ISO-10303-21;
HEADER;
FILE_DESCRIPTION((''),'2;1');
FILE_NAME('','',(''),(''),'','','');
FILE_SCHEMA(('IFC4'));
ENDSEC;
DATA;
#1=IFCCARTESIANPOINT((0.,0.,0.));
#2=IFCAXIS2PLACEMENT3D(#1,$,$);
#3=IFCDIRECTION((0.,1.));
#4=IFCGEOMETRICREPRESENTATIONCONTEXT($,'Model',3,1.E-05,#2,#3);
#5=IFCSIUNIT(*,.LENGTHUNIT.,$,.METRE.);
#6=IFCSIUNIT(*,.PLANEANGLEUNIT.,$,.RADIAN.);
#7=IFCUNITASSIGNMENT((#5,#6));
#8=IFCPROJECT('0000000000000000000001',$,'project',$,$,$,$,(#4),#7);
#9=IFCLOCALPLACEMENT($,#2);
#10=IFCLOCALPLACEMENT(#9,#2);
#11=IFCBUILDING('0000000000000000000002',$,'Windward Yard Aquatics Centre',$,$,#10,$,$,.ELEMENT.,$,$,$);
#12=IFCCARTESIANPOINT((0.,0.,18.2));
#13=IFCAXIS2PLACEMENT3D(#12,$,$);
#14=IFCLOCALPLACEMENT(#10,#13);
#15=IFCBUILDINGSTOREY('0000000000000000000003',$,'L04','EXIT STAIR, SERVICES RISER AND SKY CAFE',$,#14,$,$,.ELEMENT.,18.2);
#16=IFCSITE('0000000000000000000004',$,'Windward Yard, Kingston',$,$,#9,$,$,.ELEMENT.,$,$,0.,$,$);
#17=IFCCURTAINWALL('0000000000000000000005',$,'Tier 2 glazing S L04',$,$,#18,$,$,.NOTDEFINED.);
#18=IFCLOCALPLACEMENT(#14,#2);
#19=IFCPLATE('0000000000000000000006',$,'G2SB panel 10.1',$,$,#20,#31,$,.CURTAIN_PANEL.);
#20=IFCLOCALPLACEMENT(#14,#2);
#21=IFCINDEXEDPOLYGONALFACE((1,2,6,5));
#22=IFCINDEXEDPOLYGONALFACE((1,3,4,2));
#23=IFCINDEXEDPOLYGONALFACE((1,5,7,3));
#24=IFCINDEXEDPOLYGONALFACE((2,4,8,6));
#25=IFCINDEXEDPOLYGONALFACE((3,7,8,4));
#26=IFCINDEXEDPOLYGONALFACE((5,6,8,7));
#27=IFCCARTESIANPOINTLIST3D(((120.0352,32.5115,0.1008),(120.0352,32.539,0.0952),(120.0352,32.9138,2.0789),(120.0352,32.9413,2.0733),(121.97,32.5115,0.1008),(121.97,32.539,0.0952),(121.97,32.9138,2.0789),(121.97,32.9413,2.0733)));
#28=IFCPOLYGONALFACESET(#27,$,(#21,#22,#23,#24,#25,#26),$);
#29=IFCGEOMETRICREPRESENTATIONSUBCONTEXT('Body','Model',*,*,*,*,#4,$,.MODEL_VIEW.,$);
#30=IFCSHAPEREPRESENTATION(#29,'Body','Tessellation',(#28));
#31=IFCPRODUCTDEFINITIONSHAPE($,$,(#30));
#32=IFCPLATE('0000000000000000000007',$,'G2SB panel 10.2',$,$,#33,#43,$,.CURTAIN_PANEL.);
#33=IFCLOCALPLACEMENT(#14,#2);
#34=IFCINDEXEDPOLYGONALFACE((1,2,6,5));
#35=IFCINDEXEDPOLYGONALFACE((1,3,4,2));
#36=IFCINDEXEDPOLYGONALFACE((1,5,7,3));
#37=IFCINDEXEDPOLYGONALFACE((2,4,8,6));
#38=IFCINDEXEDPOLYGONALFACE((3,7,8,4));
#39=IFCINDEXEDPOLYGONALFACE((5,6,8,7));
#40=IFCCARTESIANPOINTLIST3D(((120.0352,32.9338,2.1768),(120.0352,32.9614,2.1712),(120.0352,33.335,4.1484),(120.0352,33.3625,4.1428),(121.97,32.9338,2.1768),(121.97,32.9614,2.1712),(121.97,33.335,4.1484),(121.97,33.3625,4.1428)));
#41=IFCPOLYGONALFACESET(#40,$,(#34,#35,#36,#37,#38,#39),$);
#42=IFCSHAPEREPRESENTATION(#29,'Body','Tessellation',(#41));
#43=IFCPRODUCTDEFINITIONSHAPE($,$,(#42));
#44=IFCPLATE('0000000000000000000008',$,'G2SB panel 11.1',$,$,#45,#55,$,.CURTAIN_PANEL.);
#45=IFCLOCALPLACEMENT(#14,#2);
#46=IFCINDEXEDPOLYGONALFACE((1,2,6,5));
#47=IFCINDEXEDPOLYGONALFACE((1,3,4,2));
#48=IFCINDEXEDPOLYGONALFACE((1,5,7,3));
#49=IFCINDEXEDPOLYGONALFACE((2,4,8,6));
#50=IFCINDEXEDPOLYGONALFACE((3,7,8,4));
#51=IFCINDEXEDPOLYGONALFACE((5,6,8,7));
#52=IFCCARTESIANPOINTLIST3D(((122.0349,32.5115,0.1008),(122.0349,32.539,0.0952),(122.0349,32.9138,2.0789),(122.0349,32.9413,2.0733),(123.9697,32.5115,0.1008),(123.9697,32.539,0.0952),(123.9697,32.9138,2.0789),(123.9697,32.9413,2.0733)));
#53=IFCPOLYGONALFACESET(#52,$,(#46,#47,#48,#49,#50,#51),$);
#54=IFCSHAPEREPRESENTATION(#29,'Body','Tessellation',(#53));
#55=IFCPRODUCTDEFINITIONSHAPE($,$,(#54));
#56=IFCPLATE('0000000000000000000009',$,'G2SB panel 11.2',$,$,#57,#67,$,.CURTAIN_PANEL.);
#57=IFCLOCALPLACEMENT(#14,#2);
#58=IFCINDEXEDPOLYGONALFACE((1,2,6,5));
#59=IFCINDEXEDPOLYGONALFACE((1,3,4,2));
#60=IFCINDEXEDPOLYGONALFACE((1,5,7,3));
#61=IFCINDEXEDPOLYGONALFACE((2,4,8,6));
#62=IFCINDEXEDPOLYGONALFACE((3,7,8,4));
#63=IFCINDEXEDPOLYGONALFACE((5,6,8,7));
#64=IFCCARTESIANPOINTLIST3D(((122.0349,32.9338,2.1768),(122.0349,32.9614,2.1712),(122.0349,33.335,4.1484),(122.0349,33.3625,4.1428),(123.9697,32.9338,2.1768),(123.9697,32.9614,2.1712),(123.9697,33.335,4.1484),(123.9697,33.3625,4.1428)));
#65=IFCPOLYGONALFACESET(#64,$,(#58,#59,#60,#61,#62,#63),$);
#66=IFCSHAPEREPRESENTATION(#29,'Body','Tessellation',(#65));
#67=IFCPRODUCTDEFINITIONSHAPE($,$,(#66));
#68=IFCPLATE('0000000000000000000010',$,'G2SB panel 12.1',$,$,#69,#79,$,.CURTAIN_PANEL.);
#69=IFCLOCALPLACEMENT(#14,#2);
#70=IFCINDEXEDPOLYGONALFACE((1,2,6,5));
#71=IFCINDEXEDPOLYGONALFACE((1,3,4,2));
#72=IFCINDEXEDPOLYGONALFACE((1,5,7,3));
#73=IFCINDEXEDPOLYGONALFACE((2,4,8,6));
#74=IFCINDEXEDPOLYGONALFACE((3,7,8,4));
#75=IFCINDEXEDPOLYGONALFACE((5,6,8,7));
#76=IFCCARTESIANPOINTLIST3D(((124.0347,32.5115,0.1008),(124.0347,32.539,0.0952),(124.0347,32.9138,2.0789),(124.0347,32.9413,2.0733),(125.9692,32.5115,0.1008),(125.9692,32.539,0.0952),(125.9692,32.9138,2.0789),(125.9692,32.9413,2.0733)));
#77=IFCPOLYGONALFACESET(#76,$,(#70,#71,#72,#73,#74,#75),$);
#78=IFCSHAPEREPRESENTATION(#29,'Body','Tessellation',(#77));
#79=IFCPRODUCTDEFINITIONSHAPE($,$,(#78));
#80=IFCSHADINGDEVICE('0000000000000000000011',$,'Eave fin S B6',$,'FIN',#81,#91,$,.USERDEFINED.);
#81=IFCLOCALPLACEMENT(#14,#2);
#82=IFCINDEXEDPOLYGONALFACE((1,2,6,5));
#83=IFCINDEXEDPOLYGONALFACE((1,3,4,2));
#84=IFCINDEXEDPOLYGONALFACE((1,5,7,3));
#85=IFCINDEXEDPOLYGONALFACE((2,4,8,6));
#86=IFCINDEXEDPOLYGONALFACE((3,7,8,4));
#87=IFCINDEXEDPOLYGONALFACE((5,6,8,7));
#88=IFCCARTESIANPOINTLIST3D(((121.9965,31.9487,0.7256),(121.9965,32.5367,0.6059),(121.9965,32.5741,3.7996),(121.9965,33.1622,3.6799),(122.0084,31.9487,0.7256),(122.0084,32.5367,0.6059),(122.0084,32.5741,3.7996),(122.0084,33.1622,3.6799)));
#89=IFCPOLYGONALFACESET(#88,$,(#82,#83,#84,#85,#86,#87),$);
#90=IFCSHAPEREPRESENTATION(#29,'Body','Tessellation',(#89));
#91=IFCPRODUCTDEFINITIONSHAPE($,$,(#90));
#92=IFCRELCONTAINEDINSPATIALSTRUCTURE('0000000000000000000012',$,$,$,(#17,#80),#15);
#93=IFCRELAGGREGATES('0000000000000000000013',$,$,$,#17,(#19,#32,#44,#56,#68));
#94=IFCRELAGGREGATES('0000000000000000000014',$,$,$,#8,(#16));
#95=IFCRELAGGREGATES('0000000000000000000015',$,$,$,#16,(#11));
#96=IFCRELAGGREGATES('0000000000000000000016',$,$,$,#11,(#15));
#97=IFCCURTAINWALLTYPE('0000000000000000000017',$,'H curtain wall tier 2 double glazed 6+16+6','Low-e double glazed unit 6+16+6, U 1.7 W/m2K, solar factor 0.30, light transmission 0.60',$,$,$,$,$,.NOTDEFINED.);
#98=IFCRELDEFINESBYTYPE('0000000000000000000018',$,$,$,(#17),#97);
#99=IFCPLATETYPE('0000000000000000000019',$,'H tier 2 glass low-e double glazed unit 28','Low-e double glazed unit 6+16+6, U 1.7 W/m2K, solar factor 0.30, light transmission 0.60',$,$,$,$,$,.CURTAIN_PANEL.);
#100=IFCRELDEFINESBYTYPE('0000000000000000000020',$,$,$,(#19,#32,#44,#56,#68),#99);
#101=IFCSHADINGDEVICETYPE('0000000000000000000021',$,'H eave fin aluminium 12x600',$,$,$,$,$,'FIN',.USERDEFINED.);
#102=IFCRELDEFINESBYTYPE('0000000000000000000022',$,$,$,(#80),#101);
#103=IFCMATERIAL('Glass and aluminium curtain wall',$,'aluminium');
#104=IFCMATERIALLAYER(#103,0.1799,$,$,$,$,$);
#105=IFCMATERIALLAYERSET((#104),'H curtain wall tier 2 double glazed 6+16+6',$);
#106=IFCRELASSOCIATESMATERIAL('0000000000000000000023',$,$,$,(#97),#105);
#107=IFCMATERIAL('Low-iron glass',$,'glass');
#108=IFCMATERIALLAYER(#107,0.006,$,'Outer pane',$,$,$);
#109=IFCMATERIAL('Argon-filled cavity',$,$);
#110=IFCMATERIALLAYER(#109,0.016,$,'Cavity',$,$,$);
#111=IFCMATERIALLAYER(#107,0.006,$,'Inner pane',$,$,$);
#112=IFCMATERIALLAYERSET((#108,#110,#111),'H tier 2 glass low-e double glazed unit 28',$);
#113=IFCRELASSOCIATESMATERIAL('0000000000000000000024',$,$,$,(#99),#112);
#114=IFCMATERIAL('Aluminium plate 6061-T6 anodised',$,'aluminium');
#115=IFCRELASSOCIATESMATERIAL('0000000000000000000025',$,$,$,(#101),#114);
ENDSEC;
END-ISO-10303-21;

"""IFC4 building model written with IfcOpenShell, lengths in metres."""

from ifc_helpers import new_model, si_unit, direction, frame, origin, origin_2d, place, context, subcontext, project, spatial, polyline, rectangle, outline, extrude, material, layer, layer_set, material_profile, profile_set, type_object, element, aggregate, save


model = new_model("IFC4")

# Units and contexts
model_context = context("Model", 3, precision=1e-05, world=origin(), true_north=direction((0.0, 1.0)))
body_context = subcontext(model_context, "Body", "Model", "MODEL_VIEW")
ifc_project = project(units=[si_unit("LENGTHUNIT", "METRE"), si_unit("PLANEANGLEUNIT", "RADIAN")], contexts=[model_context])

# Site, building, storey
site_placement = place(None, origin())
site = spatial("IfcSite", under=ifc_project, at=site_placement, Name="Windward Yard, Kingston", CompositionType="ELEMENT", RefElevation=0.0)
building_placement = place(site_placement, origin())
building = spatial("IfcBuilding", under=site, at=building_placement, Name="Windward Yard Aquatics Centre", CompositionType="ELEMENT")
storey_placement = place(building_placement, frame((0.0, 0.0, 18.2)))
storey = spatial("IfcBuildingStorey", under=building, at=storey_placement, Name="L04", Description="EXIT STAIR, SERVICES RISER AND SKY CAFE", CompositionType="ELEMENT", Elevation=18.2)

# Curtain wall
ifc_material_1 = material(Name="Glass and aluminium curtain wall", Category="aluminium")
ifc_layer_1 = layer(ifc_material_1, 0.1799)
ifc_layer_set_1 = layer_set([ifc_layer_1], Name="H curtain wall tier 2 double glazed 6+16+6")
curtain_wall_type = type_object("IfcCurtainWallType", Name="H curtain wall tier 2 double glazed 6+16+6", Description="Low-e double glazed unit 6+16+6, U 1.7 W/m2K, solar factor 0.30, light transmission 0.60", PredefinedType="NOTDEFINED", material=ifc_layer_set_1)
curtain_wall_placement = place(storey_placement, origin())
curtain_wall = element("IfcCurtainWall", 1, at=curtain_wall_placement, inside=storey, type_object=curtain_wall_type, Name="Tier 2 glazing S L04", PredefinedType="NOTDEFINED")

# Plates
ifc_material_2 = material(Name="Low-iron glass", Category="glass")
ifc_layer_2 = layer(ifc_material_2, 0.006, Name="Outer pane")
ifc_material_3 = material(Name="Argon-filled cavity")
ifc_layer_3 = layer(ifc_material_3, 0.016, Name="Cavity")
ifc_layer_4 = layer(ifc_material_2, 0.006, Name="Inner pane")
ifc_layer_set_2 = layer_set([ifc_layer_2, ifc_layer_3, ifc_layer_4], Name="H tier 2 glass low-e double glazed unit 28")
plate_type = type_object("IfcPlateType", Name="H tier 2 glass low-e double glazed unit 28", Description="Low-e double glazed unit 6+16+6, U 1.7 W/m2K, solar factor 0.30, light transmission 0.60", PredefinedType="CURTAIN_PANEL", material=ifc_layer_set_2)
plate_1_placement = place(storey_placement, frame((120.0352, 32.5115, 0.1008), z_axis=(0.0, -0.979933, 0.199325), x_axis=(1.0, 0.0, 0.0)))
plate_1 = element("IfcPlate", 2, at=plate_1_placement, type_object=plate_type, Name="G2SB panel 10.1", PredefinedType="CURTAIN_PANEL", context=body_context, shape_type="SweptSolid", body=[
    extrude(outline(polyline([(0.0, 0.0), (1.9348, 0.0), (1.9348, 2.0185), (0.0, 2.0185), (0.0, 0.0)])), origin(), (0.0, 0.0, -1.0), 0.0281),
])
plate_2_placement = place(storey_placement, frame((120.0352, 32.9338, 2.1768), z_axis=(0.0, -0.979927, 0.199359), x_axis=(1.0, 0.0, 0.0)))
plate_2 = element("IfcPlate", 3, at=plate_2_placement, type_object=plate_type, Name="G2SB panel 10.2", PredefinedType="CURTAIN_PANEL", context=body_context, shape_type="SweptSolid", body=[
    extrude(outline(polyline([(0.0, 0.0), (1.9348, 0.0), (1.9348, 2.0121), (0.0, 2.0121), (0.0, 0.0)])), origin(), (0.0, 0.0, -1.0), 0.0281),
])
plate_3_placement = place(storey_placement, frame((122.0349, 32.5115, 0.1008), z_axis=(0.0, -0.979933, 0.199325), x_axis=(1.0, 0.0, 0.0)))
plate_3 = element("IfcPlate", 4, at=plate_3_placement, type_object=plate_type, Name="G2SB panel 11.1", PredefinedType="CURTAIN_PANEL", context=body_context, shape_type="SweptSolid", body=[
    extrude(outline(polyline([(0.0, 0.0), (1.9348, 0.0), (1.9348, 2.0185), (0.0, 2.0185), (0.0, 0.0)])), origin(), (0.0, 0.0, -1.0), 0.0281),
])
plate_4_placement = place(storey_placement, frame((122.0349, 32.9338, 2.1768), z_axis=(0.0, -0.979927, 0.199359), x_axis=(1.0, 0.0, 0.0)))
plate_4 = element("IfcPlate", 5, at=plate_4_placement, type_object=plate_type, Name="G2SB panel 11.2", PredefinedType="CURTAIN_PANEL", context=body_context, shape_type="SweptSolid", body=[
    extrude(outline(polyline([(0.0, 0.0), (1.9348, 0.0), (1.9348, 2.0121), (0.0, 2.0121), (0.0, 0.0)])), origin(), (0.0, 0.0, -1.0), 0.0281),
])
plate_5_placement = place(storey_placement, frame((124.0347, 32.5115, 0.1008), z_axis=(0.0, -0.979933, 0.199325), x_axis=(1.0, 0.0, 0.0)))
plate_5 = element("IfcPlate", 6, at=plate_5_placement, type_object=plate_type, Name="G2SB panel 12.1", PredefinedType="CURTAIN_PANEL", context=body_context, shape_type="SweptSolid", body=[
    extrude(outline(polyline([(0.0, 0.0), (1.9346, 0.0), (1.9346, 2.0185), (0.0, 2.0185), (0.0, 0.0)])), origin(), (0.0, 0.0, -1.0), 0.0281),
])
aggregate(curtain_wall, [plate_1, plate_2, plate_3, plate_4, plate_5])

# Shading device
ifc_material_4 = material(Name="Aluminium plate 6061-T6 anodised", Category="aluminium")
ifc_material_profile_1 = material_profile(ifc_material_4, rectangle(XDim=0.012, YDim=0.6001, at=origin_2d()), Name="H eave fin aluminium 12x600")
ifc_profile_set_1 = profile_set([ifc_material_profile_1], Name="Aluminium plate 6061-T6 anodised")
shading_device_type = type_object("IfcShadingDeviceType", Name="H eave fin aluminium 12x600", ElementType="FIN", PredefinedType="USERDEFINED", material=ifc_profile_set_1)
shading_device_placement = place(storey_placement, frame((122.0024, 32.2427, 0.6658), z_axis=(0.0, 0.199393, 0.97992), x_axis=(-1.0, 0.0, 0.0)))
element("IfcShadingDevice", 7, at=shading_device_placement, inside=storey, type_object=shading_device_type, Name="Eave fin S B6", ObjectType="FIN", PredefinedType="USERDEFINED", context=body_context, shape_type="SweptSolid", body=[
    extrude(rectangle(XDim=0.012, YDim=0.6001, at=origin_2d()), origin(), (0.0, 0.0, 1.0), 3.137),
])

save(model, "model.ifc")
